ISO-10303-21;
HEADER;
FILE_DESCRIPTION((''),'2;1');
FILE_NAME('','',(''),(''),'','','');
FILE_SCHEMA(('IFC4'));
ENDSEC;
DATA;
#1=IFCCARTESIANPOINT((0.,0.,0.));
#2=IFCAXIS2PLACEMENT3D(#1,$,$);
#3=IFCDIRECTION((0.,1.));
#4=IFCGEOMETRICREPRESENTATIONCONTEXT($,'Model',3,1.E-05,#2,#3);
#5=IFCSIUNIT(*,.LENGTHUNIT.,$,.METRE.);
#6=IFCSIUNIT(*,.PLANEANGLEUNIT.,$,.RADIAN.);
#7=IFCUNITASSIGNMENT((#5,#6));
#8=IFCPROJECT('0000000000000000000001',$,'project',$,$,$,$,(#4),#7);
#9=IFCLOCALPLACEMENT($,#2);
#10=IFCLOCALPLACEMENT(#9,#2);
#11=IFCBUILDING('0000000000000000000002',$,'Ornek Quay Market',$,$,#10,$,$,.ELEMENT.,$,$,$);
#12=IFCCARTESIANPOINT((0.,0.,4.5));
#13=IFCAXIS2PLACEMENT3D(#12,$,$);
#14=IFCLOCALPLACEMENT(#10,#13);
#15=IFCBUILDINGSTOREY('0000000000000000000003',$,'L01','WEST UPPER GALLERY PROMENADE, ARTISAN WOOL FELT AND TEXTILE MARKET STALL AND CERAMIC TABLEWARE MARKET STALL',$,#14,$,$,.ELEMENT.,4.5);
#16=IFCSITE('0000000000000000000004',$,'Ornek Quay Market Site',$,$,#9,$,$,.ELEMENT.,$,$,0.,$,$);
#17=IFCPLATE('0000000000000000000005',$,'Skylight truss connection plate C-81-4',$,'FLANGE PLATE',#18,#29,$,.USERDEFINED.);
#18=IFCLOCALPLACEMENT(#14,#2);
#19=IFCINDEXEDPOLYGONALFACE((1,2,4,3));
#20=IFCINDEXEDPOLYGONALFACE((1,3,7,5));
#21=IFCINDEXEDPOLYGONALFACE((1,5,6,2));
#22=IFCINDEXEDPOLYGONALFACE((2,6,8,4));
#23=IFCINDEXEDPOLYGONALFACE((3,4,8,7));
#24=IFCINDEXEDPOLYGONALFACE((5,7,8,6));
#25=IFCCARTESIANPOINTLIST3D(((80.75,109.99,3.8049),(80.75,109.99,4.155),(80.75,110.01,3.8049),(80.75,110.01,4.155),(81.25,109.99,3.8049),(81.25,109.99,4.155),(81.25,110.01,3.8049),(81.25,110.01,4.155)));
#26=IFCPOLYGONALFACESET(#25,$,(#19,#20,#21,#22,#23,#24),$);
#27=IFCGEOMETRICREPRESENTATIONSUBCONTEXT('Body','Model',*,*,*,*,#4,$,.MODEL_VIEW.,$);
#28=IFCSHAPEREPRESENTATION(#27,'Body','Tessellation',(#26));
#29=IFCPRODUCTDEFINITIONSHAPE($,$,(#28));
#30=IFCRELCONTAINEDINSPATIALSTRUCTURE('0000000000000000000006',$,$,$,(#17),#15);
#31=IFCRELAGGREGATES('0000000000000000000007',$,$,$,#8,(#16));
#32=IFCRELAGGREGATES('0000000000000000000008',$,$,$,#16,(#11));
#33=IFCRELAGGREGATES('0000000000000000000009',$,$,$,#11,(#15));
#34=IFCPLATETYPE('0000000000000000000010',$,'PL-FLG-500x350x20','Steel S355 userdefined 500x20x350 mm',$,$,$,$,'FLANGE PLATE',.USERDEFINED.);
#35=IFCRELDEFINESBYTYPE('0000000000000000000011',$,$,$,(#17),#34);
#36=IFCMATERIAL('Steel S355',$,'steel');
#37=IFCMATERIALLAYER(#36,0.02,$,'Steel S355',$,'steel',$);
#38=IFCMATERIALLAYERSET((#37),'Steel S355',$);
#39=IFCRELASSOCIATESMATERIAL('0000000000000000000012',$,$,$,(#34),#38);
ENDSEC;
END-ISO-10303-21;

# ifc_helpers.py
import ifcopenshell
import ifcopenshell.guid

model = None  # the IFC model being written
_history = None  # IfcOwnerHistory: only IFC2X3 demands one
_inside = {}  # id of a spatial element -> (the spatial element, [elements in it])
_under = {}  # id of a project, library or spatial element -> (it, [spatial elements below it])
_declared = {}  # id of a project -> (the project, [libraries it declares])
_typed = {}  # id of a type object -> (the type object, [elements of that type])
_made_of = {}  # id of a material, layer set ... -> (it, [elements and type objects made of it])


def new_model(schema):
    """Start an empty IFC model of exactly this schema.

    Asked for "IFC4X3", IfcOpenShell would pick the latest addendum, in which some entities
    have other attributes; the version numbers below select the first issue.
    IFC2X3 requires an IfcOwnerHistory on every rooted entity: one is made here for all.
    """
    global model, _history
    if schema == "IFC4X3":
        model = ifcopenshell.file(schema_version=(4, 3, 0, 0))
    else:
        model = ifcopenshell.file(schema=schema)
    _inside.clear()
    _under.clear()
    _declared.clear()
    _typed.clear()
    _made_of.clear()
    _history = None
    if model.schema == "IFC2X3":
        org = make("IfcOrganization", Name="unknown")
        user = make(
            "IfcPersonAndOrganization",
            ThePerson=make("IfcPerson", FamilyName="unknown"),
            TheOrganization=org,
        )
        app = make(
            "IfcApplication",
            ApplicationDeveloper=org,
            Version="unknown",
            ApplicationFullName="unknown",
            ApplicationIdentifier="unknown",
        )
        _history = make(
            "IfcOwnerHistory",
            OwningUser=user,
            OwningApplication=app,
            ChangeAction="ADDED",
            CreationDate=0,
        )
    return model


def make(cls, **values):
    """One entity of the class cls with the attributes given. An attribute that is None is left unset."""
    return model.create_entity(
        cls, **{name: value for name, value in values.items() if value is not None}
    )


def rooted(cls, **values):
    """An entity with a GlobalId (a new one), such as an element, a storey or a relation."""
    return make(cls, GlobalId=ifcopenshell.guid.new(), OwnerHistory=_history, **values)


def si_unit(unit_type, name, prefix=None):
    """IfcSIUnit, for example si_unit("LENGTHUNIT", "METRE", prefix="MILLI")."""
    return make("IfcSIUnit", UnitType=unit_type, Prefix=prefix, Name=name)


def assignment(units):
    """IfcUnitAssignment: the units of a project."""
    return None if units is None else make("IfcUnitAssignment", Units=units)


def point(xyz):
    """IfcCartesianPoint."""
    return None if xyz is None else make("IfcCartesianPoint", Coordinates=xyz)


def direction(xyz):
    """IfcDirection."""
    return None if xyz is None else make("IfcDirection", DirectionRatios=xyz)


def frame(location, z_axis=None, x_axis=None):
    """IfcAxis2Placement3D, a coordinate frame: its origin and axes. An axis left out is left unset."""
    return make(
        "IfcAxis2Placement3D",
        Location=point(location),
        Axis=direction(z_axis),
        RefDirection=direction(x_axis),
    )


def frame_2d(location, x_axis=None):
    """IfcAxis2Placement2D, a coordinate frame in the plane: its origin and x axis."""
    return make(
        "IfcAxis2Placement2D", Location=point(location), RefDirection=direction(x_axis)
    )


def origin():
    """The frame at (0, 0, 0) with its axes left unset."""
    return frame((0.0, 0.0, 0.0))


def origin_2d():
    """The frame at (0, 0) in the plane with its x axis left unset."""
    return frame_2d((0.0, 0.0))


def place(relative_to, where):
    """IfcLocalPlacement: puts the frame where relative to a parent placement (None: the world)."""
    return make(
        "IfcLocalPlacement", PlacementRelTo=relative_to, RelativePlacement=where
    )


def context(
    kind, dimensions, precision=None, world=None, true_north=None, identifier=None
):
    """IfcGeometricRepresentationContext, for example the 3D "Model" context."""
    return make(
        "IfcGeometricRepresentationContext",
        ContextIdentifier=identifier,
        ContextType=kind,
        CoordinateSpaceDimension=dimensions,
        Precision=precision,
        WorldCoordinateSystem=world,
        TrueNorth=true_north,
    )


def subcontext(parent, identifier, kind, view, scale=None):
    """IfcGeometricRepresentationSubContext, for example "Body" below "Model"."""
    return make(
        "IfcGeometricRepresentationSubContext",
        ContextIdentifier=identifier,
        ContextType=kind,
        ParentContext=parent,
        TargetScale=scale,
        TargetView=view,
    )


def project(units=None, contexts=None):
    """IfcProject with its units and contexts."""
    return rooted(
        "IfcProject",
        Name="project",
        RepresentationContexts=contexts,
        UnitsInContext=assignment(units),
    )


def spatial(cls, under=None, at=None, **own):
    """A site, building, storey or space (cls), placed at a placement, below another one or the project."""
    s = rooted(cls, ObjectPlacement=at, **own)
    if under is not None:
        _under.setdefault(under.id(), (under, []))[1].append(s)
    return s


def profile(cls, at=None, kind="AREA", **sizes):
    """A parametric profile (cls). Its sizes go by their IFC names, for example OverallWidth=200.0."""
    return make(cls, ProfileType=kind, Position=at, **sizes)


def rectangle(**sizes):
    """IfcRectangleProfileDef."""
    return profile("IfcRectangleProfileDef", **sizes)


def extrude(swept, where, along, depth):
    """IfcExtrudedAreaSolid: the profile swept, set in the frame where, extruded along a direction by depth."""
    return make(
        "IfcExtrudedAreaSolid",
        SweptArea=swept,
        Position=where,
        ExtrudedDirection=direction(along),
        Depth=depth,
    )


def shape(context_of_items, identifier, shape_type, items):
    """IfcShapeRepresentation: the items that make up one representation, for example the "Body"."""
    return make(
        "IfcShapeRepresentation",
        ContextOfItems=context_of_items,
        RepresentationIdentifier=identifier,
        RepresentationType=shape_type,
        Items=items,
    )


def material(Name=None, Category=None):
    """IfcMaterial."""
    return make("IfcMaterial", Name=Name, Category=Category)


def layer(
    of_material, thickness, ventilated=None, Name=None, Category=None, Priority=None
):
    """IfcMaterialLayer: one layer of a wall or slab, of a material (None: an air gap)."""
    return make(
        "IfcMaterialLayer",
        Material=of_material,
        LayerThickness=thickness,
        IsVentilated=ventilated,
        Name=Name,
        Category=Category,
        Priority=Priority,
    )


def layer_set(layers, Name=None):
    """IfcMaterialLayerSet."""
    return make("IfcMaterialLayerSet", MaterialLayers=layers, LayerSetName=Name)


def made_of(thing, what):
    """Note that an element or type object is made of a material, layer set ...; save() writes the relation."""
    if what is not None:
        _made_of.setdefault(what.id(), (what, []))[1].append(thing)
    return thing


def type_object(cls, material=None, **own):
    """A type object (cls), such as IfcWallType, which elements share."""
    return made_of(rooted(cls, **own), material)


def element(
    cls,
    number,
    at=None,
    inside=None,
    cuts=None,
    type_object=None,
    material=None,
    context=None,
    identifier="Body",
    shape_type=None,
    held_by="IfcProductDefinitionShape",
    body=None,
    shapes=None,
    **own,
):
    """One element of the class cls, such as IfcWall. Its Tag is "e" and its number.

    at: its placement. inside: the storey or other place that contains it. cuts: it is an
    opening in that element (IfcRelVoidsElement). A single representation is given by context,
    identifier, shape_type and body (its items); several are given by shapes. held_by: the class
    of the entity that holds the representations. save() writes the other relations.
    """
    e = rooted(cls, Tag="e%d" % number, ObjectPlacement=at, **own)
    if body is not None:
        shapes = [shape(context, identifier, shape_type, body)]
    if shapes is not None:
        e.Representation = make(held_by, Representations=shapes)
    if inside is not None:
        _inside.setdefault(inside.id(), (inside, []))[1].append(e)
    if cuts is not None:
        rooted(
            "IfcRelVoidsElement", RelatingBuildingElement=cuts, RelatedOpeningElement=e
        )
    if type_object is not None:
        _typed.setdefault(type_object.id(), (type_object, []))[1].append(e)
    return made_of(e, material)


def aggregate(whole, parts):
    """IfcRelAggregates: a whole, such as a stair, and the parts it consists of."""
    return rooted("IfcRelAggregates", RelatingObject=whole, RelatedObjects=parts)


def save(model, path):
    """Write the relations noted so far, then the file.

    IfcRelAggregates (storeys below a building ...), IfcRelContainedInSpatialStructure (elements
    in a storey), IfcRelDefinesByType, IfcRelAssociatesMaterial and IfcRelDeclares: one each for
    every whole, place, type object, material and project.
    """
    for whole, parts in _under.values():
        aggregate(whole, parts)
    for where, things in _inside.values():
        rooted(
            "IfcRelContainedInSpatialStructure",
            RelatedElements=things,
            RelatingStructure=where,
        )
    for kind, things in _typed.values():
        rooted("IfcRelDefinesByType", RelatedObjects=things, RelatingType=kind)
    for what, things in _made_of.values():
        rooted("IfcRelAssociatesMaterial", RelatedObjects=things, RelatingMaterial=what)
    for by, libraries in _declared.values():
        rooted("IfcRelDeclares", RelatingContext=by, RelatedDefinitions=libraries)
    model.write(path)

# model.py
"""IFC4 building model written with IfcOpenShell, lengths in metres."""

from ifc_helpers import new_model, si_unit, direction, frame, origin, origin_2d, place, context, subcontext, project, spatial, rectangle, extrude, material, layer, layer_set, type_object, element, save


model = new_model("IFC4")

# Units and contexts
model_context = context("Model", 3, precision=1e-05, world=origin(), true_north=direction((0.0, 1.0)))
body_context = subcontext(model_context, "Body", "Model", "MODEL_VIEW")
ifc_project = project(units=[si_unit("LENGTHUNIT", "METRE"), si_unit("PLANEANGLEUNIT", "RADIAN")], contexts=[model_context])

# Site, building, storey
site_placement = place(None, origin())
site = spatial("IfcSite", under=ifc_project, at=site_placement, Name="Ornek Quay Market Site", CompositionType="ELEMENT", RefElevation=0.0)
building_placement = place(site_placement, origin())
building = spatial("IfcBuilding", under=site, at=building_placement, Name="Ornek Quay Market", CompositionType="ELEMENT")
storey_placement = place(building_placement, frame((0.0, 0.0, 4.5)))
storey = spatial("IfcBuildingStorey", under=building, at=storey_placement, Name="L01", Description="WEST UPPER GALLERY PROMENADE, ARTISAN WOOL FELT AND TEXTILE MARKET STALL AND CERAMIC TABLEWARE MARKET STALL", CompositionType="ELEMENT", Elevation=4.5)

# Shared definitions
ifc_material_1 = material(Name="Steel S355", Category="steel")

# Plate
ifc_layer_1 = layer(ifc_material_1, 0.02, Name="Steel S355", Category="steel")
ifc_layer_set_1 = layer_set([ifc_layer_1], Name="Steel S355")
plate_type_1 = type_object("IfcPlateType", Name="PL-FLG-500x350x20", Description="Steel S355 userdefined 500x20x350 mm", ElementType="FLANGE PLATE", PredefinedType="USERDEFINED", material=ifc_layer_set_1)
for number, where, z_axis, x_axis, name in (
    (1, (81.0, 110.0, 3.8049), (0.0, 0.0, 1.0), (1.0, 0.0, 0.0), "Skylight truss connection plate C-81-4"),
):
    element("IfcPlate", number, at=place(storey_placement, frame(where, z_axis=z_axis, x_axis=x_axis)), inside=storey, type_object=plate_type_1, Name=name, ObjectType="FLANGE PLATE", PredefinedType="USERDEFINED", context=body_context, shape_type="SweptSolid", body=[
        extrude(rectangle(XDim=0.5, YDim=0.02, at=origin_2d()), origin(), (0.0, 0.0, 1.0), 0.3501),
    ])

save(model, "model.ifc")
